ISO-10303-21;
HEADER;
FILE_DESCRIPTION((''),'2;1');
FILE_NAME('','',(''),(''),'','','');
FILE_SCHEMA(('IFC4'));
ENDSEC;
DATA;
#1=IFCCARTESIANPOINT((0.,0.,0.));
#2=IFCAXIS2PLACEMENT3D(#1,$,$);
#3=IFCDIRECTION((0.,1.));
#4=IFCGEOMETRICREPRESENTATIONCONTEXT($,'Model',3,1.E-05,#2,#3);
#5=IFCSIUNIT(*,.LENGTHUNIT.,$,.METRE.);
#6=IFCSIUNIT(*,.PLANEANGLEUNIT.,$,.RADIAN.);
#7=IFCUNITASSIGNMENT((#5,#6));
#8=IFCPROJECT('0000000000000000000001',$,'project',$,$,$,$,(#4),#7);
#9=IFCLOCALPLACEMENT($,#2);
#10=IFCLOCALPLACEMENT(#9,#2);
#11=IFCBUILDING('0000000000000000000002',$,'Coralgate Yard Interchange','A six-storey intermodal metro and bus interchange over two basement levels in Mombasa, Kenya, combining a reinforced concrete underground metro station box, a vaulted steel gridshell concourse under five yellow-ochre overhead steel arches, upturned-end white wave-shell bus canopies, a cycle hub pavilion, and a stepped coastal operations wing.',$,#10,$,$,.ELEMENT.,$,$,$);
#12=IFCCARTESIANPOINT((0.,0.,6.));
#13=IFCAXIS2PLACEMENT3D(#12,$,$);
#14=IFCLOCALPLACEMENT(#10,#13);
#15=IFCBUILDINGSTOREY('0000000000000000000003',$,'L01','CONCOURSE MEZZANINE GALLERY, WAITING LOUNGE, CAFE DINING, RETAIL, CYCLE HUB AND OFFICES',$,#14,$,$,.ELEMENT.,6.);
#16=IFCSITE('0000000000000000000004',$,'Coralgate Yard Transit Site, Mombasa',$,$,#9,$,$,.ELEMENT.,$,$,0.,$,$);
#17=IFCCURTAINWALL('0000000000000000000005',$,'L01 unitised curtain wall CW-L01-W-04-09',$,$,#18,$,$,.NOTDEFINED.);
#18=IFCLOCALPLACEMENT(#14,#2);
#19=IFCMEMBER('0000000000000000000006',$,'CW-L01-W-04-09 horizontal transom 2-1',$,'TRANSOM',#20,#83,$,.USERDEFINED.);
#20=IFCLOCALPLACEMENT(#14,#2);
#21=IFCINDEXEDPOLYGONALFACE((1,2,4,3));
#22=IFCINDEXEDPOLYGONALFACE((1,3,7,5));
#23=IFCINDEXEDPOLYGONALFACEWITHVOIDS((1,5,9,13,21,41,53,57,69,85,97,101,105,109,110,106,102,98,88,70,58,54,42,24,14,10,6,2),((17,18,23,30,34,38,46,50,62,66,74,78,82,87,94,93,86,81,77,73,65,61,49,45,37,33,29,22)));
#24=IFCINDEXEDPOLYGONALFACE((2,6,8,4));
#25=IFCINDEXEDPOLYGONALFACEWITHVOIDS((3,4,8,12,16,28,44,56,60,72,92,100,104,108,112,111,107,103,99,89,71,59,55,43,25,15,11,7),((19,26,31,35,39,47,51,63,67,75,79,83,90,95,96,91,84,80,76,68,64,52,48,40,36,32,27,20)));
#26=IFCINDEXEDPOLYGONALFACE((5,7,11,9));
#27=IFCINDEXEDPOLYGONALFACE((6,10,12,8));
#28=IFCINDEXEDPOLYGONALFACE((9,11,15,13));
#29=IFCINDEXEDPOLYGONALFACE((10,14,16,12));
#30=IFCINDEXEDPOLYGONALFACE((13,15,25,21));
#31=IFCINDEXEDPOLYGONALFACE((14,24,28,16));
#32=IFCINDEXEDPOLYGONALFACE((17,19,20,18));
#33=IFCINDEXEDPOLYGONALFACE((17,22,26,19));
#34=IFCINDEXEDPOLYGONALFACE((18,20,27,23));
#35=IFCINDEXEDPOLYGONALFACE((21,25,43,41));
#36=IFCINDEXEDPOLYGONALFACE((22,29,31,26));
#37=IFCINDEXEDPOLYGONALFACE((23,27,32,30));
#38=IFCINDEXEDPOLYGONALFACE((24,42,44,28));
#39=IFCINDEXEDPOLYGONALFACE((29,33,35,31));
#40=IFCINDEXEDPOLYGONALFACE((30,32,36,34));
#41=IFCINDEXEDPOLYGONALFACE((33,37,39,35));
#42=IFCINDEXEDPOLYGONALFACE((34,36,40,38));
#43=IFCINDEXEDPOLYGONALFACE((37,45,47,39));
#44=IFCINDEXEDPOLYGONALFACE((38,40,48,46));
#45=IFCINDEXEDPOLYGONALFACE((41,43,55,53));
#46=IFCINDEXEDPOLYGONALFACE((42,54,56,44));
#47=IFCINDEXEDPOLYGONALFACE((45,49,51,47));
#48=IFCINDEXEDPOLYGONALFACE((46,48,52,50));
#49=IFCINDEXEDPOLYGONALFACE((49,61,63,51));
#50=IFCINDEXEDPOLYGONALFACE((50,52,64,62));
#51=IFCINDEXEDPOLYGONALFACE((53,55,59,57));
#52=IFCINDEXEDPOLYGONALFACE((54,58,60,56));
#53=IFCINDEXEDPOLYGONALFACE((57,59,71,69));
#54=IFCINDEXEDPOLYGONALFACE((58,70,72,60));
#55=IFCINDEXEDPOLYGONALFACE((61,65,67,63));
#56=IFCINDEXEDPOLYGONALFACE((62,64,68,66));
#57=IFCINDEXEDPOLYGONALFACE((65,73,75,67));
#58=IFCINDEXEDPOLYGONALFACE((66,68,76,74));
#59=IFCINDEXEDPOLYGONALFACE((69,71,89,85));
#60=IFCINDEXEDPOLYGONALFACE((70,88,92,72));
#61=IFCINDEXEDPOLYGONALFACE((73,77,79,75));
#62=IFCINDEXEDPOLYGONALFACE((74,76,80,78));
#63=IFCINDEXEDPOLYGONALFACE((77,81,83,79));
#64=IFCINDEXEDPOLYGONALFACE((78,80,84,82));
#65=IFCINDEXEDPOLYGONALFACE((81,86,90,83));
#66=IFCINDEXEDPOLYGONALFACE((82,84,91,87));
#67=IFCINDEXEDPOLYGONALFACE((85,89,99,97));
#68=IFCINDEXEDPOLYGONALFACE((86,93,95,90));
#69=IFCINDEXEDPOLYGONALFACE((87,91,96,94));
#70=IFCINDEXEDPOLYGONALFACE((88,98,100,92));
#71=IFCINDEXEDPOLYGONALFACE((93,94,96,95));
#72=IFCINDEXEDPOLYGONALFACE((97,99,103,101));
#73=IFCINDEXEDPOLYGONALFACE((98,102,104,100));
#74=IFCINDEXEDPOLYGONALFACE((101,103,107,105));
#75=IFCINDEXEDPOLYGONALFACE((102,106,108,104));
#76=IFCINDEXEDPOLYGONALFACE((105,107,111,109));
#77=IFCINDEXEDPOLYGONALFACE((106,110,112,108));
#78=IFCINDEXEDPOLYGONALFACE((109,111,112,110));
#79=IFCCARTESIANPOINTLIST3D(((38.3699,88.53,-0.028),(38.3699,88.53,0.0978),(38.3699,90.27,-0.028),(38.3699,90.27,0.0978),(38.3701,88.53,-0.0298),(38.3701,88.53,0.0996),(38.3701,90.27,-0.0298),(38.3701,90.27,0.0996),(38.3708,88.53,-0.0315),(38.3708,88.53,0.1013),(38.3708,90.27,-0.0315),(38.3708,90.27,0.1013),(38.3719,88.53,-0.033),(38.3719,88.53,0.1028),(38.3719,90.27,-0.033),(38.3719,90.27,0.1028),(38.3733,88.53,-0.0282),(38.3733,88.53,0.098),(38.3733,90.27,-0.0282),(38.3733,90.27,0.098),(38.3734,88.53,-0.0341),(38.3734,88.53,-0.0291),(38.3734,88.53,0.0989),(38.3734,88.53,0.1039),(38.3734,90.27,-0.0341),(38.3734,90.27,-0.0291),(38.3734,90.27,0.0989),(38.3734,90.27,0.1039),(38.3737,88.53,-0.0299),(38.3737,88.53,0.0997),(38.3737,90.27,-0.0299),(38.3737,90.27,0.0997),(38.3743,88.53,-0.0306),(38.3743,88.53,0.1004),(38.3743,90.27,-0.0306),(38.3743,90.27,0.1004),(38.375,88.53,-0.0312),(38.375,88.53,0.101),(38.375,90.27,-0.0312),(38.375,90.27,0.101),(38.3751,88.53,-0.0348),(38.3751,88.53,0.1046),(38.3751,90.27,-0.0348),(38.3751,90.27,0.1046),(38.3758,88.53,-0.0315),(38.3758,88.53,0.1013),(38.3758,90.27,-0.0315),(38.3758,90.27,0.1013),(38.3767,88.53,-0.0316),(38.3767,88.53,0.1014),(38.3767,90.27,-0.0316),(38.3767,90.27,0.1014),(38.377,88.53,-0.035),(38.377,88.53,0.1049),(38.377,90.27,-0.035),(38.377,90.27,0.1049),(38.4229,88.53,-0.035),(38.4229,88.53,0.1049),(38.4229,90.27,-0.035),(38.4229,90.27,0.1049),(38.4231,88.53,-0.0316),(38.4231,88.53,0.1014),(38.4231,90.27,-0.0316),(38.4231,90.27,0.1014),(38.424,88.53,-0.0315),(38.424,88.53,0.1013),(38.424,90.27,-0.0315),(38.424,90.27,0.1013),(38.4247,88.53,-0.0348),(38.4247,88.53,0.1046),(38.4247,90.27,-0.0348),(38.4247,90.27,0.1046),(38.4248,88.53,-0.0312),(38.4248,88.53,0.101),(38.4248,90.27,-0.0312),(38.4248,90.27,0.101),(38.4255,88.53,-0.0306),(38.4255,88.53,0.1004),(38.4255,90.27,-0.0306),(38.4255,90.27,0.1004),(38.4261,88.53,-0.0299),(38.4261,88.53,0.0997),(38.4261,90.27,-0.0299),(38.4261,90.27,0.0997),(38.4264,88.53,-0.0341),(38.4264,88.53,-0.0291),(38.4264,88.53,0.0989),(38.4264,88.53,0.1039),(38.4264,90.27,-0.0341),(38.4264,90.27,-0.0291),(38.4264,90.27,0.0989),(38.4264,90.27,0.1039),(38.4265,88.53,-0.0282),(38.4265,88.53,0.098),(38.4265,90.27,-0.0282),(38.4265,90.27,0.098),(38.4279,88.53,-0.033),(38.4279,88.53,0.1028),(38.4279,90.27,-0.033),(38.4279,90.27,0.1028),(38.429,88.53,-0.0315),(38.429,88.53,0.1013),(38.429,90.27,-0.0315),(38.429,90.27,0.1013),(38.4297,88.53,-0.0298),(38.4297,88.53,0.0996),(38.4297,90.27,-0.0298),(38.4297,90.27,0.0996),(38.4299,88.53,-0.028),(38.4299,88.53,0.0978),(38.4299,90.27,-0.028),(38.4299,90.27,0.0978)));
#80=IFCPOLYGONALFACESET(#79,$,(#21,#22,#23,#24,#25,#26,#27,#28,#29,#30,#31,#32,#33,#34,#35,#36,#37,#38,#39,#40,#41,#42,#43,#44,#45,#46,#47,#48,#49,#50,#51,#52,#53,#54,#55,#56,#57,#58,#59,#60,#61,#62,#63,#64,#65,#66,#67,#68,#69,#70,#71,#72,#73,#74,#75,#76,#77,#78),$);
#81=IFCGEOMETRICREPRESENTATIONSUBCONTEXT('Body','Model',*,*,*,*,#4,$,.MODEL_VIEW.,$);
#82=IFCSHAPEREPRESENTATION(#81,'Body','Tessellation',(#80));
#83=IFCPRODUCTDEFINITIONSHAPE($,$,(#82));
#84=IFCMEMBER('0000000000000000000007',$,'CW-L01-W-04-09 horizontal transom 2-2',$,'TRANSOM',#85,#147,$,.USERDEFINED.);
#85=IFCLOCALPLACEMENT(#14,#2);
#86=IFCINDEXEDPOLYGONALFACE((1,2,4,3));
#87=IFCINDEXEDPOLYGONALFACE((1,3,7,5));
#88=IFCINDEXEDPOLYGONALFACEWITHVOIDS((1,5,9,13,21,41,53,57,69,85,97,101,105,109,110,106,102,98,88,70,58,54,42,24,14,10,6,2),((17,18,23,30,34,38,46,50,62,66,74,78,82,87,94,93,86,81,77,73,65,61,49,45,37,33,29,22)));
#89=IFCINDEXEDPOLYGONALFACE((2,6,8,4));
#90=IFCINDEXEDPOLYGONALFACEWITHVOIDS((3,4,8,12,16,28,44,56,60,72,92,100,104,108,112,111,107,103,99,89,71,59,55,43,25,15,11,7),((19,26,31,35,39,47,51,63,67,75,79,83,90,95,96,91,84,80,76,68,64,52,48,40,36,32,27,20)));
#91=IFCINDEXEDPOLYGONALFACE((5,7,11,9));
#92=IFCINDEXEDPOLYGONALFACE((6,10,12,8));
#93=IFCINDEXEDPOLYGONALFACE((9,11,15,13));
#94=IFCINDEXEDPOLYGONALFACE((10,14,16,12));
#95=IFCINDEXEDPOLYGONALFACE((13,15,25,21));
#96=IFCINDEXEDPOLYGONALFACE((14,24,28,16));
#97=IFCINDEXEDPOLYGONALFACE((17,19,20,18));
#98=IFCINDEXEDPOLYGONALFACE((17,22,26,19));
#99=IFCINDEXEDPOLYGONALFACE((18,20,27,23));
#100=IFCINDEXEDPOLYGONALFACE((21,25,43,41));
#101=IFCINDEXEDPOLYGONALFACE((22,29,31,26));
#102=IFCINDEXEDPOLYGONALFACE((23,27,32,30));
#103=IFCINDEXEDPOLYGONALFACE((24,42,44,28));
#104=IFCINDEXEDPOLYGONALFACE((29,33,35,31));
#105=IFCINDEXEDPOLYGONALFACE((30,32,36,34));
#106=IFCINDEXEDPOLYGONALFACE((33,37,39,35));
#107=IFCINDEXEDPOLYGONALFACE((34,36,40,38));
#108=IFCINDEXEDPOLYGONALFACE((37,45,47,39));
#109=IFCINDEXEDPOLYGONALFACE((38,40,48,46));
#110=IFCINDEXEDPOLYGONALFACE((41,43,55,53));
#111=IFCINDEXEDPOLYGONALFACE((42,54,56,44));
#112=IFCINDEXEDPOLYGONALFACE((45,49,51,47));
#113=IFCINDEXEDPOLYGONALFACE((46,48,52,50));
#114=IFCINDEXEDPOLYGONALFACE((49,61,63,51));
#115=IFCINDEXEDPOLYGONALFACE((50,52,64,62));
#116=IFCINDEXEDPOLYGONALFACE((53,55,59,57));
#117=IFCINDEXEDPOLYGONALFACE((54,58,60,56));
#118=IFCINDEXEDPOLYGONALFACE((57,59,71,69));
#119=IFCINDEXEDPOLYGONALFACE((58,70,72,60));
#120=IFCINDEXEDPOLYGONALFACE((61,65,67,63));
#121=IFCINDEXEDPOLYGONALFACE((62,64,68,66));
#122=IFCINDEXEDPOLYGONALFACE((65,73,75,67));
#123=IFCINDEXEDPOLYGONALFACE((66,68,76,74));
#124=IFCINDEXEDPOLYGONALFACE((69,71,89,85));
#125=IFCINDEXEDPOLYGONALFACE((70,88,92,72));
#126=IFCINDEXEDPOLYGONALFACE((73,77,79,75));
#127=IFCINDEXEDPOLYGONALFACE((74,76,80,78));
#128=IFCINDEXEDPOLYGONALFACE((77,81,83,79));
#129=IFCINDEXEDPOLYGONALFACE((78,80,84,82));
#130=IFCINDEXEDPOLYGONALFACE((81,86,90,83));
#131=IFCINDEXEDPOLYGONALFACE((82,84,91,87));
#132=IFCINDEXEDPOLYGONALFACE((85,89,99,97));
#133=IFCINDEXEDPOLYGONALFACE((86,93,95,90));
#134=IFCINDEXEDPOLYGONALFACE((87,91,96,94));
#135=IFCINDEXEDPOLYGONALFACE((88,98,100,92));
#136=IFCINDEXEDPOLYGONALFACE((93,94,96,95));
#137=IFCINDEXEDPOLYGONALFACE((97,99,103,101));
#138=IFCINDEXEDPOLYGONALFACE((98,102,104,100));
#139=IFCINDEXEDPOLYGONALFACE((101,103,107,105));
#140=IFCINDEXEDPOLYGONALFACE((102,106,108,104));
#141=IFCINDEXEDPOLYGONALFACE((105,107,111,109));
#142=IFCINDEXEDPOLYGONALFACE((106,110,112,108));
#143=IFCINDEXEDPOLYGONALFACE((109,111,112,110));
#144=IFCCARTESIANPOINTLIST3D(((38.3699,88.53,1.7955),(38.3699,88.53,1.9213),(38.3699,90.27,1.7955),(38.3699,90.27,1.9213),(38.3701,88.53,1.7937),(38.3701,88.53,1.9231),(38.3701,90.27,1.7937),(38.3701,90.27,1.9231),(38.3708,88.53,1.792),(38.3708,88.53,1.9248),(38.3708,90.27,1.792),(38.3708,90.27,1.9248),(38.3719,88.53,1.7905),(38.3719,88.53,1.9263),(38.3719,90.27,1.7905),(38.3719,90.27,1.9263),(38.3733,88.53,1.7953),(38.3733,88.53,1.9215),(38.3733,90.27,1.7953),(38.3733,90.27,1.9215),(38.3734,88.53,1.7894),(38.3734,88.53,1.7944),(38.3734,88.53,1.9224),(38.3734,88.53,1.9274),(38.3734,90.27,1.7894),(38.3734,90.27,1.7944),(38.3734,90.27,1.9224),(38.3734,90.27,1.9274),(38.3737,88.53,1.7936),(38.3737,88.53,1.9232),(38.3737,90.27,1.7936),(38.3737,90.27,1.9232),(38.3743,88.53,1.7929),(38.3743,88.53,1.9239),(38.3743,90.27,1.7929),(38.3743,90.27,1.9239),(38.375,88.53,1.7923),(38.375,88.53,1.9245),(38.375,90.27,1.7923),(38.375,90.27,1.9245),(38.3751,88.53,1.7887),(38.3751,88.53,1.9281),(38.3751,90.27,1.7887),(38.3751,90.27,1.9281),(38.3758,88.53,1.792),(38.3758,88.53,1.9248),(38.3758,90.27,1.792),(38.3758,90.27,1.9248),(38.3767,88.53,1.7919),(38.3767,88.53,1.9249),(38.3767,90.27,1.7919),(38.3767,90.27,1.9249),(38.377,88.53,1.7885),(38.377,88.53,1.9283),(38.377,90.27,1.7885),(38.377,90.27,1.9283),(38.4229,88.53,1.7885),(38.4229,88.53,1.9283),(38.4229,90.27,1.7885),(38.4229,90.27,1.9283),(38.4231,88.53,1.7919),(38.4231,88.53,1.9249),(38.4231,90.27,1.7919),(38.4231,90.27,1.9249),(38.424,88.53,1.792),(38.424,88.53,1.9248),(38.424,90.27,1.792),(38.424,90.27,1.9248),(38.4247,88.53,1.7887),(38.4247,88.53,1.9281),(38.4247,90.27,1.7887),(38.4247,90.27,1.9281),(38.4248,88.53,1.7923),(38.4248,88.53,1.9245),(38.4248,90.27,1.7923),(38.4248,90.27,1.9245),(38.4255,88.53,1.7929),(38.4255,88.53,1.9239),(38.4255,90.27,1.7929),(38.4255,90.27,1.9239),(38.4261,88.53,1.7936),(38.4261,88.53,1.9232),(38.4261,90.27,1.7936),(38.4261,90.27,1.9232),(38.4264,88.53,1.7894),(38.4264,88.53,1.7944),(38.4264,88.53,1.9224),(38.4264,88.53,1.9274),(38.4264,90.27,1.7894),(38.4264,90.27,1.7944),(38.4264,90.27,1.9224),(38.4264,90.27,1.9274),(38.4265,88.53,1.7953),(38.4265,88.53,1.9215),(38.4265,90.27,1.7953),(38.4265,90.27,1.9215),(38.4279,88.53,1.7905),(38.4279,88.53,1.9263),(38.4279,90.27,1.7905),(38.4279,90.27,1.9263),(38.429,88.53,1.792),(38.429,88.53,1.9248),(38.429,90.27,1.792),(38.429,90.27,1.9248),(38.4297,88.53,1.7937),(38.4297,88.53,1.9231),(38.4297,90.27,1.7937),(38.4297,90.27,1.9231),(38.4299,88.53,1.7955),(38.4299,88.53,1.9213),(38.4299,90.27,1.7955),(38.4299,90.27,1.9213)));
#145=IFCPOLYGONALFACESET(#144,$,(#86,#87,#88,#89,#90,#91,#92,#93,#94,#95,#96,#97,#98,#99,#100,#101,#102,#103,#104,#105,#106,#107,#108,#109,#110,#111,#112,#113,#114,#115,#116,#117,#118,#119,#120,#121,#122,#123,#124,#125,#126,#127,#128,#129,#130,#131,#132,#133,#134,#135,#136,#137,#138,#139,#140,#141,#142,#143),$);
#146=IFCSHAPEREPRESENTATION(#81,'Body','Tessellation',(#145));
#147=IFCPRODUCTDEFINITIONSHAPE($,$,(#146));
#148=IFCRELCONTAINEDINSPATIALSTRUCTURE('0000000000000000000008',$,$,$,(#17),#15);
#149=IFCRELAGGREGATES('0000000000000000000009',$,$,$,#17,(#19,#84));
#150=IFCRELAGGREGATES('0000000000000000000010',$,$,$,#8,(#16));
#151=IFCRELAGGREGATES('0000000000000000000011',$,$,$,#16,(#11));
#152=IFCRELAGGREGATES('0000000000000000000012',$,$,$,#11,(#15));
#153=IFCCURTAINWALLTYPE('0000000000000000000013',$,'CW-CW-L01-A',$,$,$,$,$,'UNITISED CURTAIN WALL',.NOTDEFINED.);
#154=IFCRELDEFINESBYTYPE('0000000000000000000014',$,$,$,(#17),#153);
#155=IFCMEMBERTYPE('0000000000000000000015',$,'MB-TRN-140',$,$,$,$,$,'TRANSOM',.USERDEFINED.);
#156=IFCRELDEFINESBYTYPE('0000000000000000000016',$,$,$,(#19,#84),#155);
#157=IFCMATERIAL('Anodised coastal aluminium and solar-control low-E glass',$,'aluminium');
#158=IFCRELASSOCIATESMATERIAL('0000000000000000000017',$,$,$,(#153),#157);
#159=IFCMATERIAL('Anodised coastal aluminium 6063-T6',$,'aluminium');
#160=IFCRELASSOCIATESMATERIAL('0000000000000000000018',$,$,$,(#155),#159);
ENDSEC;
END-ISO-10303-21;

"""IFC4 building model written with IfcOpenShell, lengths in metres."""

from ifc_helpers import new_model, si_unit, direction, frame, origin, origin_2d, place, context, subcontext, project, spatial, hollow_rectangle, extrude, material, material_profile, profile_set, type_object, element, aggregate, save


model = new_model("IFC4")

# Units and contexts
model_context = context("Model", 3, precision=1e-05, world=origin(), true_north=direction((0.0, 1.0)))
body_context = subcontext(model_context, "Body", "Model", "MODEL_VIEW")
ifc_project = project(units=[si_unit("LENGTHUNIT", "METRE"), si_unit("PLANEANGLEUNIT", "RADIAN")], contexts=[model_context])

# Site, building, storey
site_placement = place(None, origin())
site = spatial("IfcSite", under=ifc_project, at=site_placement, Name="Coralgate Yard Transit Site, Mombasa", CompositionType="ELEMENT", RefElevation=0.0)
building_placement = place(site_placement, origin())
building = spatial("IfcBuilding", under=site, at=building_placement, Name="Coralgate Yard Interchange", Description="A six-storey intermodal metro and bus interchange over two basement levels in Mombasa, Kenya, combining a reinforced concrete underground metro station box, a vaulted steel gridshell concourse under five yellow-ochre overhead steel arches, upturned-end white wave-shell bus canopies, a cycle hub pavilion, and a stepped coastal operations wing.", CompositionType="ELEMENT")
storey_placement = place(building_placement, frame((0.0, 0.0, 6.0)))
storey = spatial("IfcBuildingStorey", under=building, at=storey_placement, Name="L01", Description="CONCOURSE MEZZANINE GALLERY, WAITING LOUNGE, CAFE DINING, RETAIL, CYCLE HUB AND OFFICES", CompositionType="ELEMENT", Elevation=6.0)

# Curtain wall, members
ifc_material_1 = material(Name="Anodised coastal aluminium and solar-control low-E glass", Category="aluminium")
curtain_wall_type = type_object("IfcCurtainWallType", Name="CW-CW-L01-A", ElementType="UNITISED CURTAIN WALL", PredefinedType="NOTDEFINED", material=ifc_material_1)
curtain_wall_placement = place(storey_placement, origin())
curtain_wall = element("IfcCurtainWall", 1, at=curtain_wall_placement, inside=storey, type_object=curtain_wall_type, Name="L01 unitised curtain wall CW-L01-W-04-09", PredefinedType="NOTDEFINED")
ifc_material_2 = material(Name="Anodised coastal aluminium 6063-T6", Category="aluminium")
ifc_material_profile_1 = material_profile(ifc_material_2, hollow_rectangle(XDim=0.0601, YDim=0.1399, WallThickness=0.0034, InnerFilletRadius=0.0034, OuterFilletRadius=0.0071, at=origin_2d()), Name="ALU 60x140x3.5")
ifc_profile_set_1 = profile_set([ifc_material_profile_1], Name="Anodised coastal aluminium 6063-T6")
member_type_1 = type_object("IfcMemberType", Name="MB-TRN-140", ElementType="TRANSOM", PredefinedType="USERDEFINED", material=ifc_profile_set_1)
member_1_placement = place(storey_placement, frame((38.3999, 88.53, 0.0349), z_axis=(0.0, 1.0, 0.0), x_axis=(-1.0, 0.0, 0.0)))
member_1 = element("IfcMember", 2, at=member_1_placement, type_object=member_type_1, Name="CW-L01-W-04-09 horizontal transom 2-1", ObjectType="TRANSOM", PredefinedType="USERDEFINED", context=body_context, shape_type="SweptSolid", body=[
    extrude(hollow_rectangle(XDim=0.0601, YDim=0.1399, WallThickness=0.0034, InnerFilletRadius=0.0034, OuterFilletRadius=0.0071, at=origin_2d()), origin(), (0.0, 0.0, 1.0), 1.74),
])
member_2_placement = place(storey_placement, frame((38.3999, 88.53, 1.8584), z_axis=(0.0, 1.0, 0.0), x_axis=(-1.0, 0.0, 0.0)))
member_2 = element("IfcMember", 3, at=member_2_placement, type_object=member_type_1, Name="CW-L01-W-04-09 horizontal transom 2-2", ObjectType="TRANSOM", PredefinedType="USERDEFINED", context=body_context, shape_type="SweptSolid", body=[
    extrude(hollow_rectangle(XDim=0.0601, YDim=0.1399, WallThickness=0.0034, InnerFilletRadius=0.0034, OuterFilletRadius=0.0071, at=origin_2d()), origin(), (0.0, 0.0, 1.0), 1.74),
])
aggregate(curtain_wall, [member_1, member_2])

save(model, "model.ifc")
